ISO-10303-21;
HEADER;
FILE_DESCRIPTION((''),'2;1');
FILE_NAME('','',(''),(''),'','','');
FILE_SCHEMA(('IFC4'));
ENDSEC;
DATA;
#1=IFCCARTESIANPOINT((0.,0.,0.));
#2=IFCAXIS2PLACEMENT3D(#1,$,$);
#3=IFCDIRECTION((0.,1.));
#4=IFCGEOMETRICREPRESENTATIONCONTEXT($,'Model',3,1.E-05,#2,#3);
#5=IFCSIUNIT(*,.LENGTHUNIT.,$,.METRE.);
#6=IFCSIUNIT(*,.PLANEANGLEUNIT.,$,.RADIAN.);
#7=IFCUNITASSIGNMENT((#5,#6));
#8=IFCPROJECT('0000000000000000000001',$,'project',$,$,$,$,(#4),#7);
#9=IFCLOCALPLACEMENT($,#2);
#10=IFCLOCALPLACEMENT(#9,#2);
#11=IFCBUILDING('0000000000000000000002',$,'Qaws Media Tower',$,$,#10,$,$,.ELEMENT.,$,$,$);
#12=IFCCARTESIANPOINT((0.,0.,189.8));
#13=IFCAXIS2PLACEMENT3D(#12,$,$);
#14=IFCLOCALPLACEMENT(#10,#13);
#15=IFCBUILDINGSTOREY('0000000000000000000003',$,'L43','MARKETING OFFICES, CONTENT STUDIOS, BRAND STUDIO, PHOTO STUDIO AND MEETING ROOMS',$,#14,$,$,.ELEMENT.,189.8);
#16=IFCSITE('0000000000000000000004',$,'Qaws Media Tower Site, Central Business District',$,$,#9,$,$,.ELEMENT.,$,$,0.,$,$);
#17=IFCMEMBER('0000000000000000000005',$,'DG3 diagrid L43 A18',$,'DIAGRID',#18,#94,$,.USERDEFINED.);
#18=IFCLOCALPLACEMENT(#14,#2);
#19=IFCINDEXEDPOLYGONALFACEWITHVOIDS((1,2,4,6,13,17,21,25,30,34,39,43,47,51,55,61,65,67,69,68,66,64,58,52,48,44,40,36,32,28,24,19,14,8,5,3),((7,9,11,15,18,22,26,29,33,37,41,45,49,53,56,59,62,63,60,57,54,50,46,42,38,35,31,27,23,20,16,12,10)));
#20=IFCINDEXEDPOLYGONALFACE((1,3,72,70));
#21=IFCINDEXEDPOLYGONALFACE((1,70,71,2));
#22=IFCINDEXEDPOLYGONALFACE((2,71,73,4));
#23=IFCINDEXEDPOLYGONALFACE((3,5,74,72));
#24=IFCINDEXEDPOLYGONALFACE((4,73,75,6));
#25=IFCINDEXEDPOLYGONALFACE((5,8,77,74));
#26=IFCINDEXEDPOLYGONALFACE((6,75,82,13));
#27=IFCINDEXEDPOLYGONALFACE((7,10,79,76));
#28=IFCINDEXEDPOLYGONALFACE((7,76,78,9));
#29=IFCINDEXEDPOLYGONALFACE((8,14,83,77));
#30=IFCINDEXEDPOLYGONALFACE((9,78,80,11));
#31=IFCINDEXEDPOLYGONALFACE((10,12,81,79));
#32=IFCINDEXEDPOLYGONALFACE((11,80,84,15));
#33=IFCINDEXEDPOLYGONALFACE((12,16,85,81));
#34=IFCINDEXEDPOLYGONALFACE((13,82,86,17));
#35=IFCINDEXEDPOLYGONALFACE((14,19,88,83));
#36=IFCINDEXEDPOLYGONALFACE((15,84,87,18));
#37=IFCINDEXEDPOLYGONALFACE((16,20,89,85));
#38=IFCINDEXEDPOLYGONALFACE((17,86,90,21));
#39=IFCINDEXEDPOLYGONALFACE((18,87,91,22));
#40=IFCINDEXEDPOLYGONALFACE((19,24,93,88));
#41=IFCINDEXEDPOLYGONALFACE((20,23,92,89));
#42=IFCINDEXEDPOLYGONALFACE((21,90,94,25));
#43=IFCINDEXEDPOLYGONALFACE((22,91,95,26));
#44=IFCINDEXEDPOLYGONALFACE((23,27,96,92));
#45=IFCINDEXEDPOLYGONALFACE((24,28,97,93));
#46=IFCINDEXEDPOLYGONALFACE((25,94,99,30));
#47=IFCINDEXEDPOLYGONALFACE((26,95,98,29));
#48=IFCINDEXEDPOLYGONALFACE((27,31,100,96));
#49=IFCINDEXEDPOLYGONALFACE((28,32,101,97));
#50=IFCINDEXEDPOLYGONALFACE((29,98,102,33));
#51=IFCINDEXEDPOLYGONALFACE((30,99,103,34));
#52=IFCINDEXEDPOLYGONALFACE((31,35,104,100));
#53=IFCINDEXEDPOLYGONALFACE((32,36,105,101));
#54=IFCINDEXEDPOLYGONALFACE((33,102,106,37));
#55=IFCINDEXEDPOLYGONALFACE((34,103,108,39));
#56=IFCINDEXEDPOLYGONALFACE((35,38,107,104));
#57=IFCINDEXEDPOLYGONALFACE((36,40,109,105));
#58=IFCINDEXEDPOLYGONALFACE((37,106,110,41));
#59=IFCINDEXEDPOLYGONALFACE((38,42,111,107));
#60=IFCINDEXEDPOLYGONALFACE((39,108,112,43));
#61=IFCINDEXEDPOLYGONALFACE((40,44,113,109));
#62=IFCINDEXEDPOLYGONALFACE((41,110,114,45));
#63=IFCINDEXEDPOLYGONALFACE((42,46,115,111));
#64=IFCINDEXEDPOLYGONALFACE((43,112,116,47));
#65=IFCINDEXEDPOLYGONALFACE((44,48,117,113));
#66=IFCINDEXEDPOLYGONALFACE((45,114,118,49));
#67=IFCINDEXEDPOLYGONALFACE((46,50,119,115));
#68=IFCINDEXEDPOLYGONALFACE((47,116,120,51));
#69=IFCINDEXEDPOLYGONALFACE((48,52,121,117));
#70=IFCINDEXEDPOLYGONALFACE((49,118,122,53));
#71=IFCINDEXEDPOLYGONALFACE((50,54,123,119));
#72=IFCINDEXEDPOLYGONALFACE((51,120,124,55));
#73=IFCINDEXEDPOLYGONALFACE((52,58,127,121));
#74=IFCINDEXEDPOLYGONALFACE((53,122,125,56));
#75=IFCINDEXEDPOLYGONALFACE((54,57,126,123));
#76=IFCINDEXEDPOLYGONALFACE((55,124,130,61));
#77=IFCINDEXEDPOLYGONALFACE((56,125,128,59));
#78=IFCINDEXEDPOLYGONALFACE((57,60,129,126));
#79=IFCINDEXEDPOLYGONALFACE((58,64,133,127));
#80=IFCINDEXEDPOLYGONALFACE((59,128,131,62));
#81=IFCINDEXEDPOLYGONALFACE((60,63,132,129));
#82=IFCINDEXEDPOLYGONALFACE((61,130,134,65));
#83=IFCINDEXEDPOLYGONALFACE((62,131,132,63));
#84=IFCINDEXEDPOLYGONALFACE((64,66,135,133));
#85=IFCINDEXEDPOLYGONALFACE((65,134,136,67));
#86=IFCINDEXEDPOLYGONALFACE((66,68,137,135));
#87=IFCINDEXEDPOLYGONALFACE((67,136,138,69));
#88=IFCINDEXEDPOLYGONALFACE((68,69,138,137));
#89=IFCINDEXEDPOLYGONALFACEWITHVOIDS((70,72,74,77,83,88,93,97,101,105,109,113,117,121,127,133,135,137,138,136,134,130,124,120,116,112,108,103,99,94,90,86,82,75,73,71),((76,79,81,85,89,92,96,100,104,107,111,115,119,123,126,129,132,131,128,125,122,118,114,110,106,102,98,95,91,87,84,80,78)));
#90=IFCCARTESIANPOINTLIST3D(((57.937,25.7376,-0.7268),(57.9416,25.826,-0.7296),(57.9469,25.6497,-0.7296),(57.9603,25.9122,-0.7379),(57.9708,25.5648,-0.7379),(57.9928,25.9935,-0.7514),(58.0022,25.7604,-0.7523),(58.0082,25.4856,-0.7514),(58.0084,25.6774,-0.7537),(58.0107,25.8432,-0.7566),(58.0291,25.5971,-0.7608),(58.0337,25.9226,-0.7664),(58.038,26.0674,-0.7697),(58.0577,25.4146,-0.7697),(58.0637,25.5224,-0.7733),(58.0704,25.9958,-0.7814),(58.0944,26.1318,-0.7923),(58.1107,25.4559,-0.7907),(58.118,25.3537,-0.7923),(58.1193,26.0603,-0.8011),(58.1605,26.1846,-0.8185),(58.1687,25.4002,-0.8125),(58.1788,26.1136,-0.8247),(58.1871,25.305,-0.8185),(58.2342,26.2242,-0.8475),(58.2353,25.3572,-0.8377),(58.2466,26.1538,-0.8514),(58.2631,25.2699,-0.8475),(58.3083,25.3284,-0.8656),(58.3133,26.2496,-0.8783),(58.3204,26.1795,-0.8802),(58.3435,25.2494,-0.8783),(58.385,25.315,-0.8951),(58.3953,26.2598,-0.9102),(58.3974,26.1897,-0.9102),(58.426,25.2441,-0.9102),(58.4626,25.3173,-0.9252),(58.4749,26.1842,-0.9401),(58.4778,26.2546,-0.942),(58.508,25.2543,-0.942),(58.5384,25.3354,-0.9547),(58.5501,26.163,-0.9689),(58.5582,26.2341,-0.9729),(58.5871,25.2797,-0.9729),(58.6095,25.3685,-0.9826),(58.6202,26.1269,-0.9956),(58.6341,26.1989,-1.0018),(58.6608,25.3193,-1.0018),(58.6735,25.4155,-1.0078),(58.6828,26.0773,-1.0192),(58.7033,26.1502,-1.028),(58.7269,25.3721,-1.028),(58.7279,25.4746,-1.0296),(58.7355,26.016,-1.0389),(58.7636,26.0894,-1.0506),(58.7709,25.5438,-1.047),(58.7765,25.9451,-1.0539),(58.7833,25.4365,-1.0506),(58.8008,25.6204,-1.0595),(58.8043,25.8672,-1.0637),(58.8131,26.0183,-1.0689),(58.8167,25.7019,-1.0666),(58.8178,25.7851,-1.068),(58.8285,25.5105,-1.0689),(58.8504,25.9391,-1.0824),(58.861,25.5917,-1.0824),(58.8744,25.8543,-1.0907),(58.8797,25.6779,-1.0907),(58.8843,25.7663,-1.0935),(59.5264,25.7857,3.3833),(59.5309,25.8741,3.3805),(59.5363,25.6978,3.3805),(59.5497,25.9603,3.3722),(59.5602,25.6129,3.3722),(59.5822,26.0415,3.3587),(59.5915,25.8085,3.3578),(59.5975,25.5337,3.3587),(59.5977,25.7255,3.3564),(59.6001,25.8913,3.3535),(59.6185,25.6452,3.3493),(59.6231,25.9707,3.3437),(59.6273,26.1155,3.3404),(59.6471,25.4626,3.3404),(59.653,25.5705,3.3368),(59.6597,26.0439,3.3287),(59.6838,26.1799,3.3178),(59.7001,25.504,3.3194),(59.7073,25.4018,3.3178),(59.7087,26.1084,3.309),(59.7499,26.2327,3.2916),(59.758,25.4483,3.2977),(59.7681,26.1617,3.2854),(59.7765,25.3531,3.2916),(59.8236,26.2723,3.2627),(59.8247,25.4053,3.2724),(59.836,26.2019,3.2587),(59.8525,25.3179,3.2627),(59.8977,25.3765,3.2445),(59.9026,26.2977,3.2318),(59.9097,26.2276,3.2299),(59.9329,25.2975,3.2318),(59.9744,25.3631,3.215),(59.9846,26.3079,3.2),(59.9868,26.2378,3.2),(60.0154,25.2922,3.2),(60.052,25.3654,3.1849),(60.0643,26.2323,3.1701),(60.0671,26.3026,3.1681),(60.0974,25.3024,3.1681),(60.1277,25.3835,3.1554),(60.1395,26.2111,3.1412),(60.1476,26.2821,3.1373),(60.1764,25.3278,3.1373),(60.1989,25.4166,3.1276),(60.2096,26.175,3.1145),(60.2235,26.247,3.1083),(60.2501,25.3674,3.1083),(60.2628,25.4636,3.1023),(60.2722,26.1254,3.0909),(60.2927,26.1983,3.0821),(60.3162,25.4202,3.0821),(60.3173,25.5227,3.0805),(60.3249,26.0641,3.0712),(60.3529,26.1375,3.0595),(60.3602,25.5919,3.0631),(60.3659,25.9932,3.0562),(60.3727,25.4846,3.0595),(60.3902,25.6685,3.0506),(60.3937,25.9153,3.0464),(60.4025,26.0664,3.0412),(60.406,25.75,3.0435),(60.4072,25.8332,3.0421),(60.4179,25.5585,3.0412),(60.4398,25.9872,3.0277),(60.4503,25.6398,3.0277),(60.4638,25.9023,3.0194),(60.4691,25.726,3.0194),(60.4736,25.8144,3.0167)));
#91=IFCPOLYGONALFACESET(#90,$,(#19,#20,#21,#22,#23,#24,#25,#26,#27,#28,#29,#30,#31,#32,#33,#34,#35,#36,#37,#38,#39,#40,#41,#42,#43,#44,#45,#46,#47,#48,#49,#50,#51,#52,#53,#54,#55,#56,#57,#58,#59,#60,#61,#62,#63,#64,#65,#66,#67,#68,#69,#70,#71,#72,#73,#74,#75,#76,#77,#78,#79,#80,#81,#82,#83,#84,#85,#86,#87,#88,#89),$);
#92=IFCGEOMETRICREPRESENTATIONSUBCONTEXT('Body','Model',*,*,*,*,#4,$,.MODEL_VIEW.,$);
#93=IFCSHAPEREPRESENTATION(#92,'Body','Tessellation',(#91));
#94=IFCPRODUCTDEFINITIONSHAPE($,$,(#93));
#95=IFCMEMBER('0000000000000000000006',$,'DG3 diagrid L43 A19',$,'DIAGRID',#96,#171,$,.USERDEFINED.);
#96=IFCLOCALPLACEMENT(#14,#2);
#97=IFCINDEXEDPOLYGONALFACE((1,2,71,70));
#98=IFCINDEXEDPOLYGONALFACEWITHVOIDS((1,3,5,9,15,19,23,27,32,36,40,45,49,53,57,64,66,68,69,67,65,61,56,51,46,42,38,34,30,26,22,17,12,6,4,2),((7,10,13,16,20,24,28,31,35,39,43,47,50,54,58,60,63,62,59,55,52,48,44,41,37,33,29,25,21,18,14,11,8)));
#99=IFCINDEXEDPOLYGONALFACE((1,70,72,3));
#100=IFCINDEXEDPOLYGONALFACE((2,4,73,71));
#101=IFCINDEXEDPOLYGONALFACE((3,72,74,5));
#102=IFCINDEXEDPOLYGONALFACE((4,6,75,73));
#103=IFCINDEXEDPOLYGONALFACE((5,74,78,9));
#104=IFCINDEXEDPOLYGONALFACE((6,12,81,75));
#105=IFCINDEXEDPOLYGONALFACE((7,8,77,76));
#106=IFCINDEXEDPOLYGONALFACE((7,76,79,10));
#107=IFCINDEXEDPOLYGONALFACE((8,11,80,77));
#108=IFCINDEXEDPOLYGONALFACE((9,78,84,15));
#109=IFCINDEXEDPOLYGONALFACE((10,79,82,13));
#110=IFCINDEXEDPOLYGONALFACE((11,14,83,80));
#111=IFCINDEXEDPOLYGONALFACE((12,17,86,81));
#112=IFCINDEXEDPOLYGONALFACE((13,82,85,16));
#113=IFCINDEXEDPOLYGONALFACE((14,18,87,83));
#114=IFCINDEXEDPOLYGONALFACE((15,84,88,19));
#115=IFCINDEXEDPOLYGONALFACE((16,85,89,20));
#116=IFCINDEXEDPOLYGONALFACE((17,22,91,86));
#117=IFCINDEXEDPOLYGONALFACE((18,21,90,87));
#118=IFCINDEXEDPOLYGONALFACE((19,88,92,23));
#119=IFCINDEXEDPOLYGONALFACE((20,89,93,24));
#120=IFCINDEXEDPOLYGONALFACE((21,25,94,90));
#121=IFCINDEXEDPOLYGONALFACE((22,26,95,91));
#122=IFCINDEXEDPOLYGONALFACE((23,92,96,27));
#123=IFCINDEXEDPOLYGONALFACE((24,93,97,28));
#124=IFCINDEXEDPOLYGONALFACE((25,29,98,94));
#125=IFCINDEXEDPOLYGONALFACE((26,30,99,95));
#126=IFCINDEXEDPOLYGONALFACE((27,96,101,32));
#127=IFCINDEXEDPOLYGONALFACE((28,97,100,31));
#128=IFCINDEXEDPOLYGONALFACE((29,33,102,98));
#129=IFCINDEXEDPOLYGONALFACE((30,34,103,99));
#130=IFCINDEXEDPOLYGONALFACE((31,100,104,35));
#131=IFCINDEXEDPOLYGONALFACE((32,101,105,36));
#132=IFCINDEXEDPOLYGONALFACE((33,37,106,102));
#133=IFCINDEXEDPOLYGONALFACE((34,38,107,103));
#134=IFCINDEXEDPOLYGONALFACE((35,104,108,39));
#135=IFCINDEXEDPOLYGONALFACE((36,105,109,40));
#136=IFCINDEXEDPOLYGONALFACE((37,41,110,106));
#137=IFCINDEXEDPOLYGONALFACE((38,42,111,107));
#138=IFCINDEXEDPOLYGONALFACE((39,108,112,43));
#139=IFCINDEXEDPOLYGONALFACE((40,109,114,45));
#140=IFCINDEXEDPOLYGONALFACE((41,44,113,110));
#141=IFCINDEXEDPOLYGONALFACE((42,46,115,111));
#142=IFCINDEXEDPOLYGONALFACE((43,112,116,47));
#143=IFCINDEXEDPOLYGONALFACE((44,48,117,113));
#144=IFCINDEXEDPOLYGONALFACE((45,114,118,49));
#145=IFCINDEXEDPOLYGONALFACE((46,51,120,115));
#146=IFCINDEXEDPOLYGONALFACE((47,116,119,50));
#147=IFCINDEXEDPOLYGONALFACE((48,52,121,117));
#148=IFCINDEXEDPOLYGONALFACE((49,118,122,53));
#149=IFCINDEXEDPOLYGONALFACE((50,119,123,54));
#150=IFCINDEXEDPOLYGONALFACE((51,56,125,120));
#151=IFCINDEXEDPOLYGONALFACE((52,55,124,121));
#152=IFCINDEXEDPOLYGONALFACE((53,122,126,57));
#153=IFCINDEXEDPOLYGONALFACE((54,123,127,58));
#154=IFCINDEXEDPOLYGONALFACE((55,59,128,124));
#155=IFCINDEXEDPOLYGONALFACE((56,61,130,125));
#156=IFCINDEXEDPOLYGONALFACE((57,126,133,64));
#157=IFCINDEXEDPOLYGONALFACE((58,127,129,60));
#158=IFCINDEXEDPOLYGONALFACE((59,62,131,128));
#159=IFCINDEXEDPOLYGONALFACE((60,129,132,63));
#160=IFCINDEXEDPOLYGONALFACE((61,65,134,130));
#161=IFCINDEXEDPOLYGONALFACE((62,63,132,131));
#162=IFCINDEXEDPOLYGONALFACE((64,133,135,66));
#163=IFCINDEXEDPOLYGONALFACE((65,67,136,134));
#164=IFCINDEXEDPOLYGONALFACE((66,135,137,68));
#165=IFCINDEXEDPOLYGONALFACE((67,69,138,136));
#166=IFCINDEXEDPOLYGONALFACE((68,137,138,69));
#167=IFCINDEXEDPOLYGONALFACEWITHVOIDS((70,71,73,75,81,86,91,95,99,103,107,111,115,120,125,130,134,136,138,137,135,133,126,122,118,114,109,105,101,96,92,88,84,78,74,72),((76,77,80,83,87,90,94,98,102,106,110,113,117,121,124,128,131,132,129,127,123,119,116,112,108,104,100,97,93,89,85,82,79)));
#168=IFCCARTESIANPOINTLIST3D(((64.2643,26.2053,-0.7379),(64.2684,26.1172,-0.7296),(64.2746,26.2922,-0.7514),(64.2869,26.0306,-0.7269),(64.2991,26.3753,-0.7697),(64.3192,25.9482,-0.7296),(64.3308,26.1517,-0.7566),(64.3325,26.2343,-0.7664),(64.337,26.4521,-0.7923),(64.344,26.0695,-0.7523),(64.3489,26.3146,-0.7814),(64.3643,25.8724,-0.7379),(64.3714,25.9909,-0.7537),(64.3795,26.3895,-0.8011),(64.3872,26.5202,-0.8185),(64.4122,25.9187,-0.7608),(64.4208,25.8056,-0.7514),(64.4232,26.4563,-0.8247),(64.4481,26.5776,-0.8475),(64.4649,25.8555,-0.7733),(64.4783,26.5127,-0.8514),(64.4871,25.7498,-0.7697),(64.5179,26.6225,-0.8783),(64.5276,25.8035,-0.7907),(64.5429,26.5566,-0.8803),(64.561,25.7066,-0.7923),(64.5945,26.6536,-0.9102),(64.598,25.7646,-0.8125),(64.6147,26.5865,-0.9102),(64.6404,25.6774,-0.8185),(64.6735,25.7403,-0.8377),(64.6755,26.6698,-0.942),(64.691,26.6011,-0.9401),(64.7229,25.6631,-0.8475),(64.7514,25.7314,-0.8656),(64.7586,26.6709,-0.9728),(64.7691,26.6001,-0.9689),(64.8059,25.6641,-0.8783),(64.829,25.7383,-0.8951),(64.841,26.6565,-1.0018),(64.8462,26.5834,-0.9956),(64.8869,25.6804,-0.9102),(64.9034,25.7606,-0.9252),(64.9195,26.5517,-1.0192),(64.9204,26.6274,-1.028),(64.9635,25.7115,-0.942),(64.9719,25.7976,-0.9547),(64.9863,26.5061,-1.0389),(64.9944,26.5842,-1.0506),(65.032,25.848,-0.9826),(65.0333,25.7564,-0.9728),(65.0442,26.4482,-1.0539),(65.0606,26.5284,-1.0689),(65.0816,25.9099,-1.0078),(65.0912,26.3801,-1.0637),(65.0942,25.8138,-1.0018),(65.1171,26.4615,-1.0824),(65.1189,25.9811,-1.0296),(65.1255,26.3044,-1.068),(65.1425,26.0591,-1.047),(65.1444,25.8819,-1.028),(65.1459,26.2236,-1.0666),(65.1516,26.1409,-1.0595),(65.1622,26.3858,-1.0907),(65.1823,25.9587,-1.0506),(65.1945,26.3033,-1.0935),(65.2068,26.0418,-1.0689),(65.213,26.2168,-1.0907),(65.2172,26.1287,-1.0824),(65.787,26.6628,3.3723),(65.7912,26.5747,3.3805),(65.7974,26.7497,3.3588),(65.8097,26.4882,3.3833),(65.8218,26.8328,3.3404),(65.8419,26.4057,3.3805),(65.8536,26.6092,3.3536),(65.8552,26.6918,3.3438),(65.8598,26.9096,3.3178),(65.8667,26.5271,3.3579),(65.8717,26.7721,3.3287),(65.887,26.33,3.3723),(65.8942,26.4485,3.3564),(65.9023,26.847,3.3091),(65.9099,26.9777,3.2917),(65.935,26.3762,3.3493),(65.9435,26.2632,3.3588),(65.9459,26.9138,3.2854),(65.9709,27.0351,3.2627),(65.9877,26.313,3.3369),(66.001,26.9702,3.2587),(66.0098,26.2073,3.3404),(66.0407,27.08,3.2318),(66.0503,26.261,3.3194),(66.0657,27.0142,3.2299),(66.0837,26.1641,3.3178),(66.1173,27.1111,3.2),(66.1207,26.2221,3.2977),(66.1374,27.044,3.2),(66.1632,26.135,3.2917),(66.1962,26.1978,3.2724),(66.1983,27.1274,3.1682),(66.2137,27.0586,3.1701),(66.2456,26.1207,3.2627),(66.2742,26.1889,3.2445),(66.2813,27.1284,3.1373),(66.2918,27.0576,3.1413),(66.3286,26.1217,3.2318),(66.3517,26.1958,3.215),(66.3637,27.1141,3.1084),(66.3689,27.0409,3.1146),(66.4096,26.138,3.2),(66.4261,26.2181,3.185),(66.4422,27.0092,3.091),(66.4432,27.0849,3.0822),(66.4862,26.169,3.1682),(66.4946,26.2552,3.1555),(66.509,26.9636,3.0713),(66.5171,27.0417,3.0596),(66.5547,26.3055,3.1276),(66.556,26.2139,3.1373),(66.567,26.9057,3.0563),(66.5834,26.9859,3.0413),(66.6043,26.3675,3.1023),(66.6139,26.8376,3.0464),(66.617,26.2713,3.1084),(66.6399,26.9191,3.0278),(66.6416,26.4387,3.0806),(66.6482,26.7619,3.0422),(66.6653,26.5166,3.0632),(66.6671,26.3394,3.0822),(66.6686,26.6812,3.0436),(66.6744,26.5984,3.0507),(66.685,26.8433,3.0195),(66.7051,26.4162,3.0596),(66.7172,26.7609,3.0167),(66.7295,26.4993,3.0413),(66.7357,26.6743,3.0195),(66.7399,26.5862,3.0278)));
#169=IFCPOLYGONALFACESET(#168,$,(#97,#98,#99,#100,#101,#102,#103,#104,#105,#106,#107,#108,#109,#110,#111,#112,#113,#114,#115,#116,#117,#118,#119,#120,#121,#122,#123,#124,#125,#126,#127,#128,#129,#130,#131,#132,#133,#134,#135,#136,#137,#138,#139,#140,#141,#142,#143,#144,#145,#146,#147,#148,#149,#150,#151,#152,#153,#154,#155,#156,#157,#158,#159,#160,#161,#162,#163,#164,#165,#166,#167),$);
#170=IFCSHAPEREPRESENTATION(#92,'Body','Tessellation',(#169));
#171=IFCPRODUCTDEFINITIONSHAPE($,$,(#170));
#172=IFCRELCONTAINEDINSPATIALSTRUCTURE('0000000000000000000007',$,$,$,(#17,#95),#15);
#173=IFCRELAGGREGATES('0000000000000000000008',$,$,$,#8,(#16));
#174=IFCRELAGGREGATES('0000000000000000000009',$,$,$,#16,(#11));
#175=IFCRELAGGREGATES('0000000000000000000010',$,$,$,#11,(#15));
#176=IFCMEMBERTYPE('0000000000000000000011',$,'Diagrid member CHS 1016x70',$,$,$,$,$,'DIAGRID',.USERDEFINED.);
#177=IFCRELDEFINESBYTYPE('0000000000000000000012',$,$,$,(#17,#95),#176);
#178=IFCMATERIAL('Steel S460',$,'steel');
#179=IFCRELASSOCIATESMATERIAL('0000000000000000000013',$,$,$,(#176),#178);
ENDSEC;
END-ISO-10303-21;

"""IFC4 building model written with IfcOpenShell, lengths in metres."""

from ifc_helpers import new_model, si_unit, direction, frame, origin, origin_2d, place, context, subcontext, project, spatial, hollow_circle, extrude, material, material_profile, profile_set, type_object, element, save


model = new_model("IFC4")

# Units and contexts
model_context = context("Model", 3, precision=1e-05, world=origin(), true_north=direction((0.0, 1.0)))
body_context = subcontext(model_context, "Body", "Model", "MODEL_VIEW")
ifc_project = project(units=[si_unit("LENGTHUNIT", "METRE"), si_unit("PLANEANGLEUNIT", "RADIAN")], contexts=[model_context])

# Site, building, storey
site_placement = place(None, origin())
site = spatial("IfcSite", under=ifc_project, at=site_placement, Name="Qaws Media Tower Site, Central Business District", CompositionType="ELEMENT", RefElevation=0.0)
building_placement = place(site_placement, origin())
building = spatial("IfcBuilding", under=site, at=building_placement, Name="Qaws Media Tower", CompositionType="ELEMENT")
storey_placement = place(building_placement, frame((0.0, 0.0, 189.8)))
storey = spatial("IfcBuildingStorey", under=building, at=storey_placement, Name="L43", Description="MARKETING OFFICES, CONTENT STUDIOS, BRAND STUDIO, PHOTO STUDIO AND MEETING ROOMS", CompositionType="ELEMENT", Elevation=189.8)

# Members
ifc_material_1 = material(Name="Steel S460", Category="steel")
ifc_material_profile_1 = material_profile(ifc_material_1, hollow_circle(Radius=0.5081, WallThickness=0.0701, at=origin_2d()), Name="CHS 1016x70")
ifc_profile_set_1 = profile_set([ifc_material_profile_1], Name="Steel S460")
member_type_1 = type_object("IfcMemberType", Name="Diagrid member CHS 1016x70", ElementType="DIAGRID", PredefinedType="USERDEFINED", material=ifc_profile_set_1)
for number, where, z_axis, x_axis, name in (
    (1, (58.4106, 25.752, -0.9102), (0.360646, 0.010914, 0.932639), (-0.030247, 0.999542, 0.0), "DG3 diagrid L43 A18"),
    (2, (64.7407, 26.167, -0.9102), (0.345526, 0.103818, 0.932649), (-0.287756, 0.957704, 0.0), "DG3 diagrid L43 A19"),
):
    element("IfcMember", number, at=place(storey_placement, frame(where, z_axis=z_axis, x_axis=x_axis)), inside=storey, type_object=member_type_1, Name=name, ObjectType="DIAGRID", PredefinedType="USERDEFINED", context=body_context, shape_type="SweptSolid", body=[
        extrude(hollow_circle(Radius=0.5081, WallThickness=0.0701, at=origin_2d()), origin(), (0.0, 0.0, 1.0), 4.407),
    ])

save(model, "model.ifc")
